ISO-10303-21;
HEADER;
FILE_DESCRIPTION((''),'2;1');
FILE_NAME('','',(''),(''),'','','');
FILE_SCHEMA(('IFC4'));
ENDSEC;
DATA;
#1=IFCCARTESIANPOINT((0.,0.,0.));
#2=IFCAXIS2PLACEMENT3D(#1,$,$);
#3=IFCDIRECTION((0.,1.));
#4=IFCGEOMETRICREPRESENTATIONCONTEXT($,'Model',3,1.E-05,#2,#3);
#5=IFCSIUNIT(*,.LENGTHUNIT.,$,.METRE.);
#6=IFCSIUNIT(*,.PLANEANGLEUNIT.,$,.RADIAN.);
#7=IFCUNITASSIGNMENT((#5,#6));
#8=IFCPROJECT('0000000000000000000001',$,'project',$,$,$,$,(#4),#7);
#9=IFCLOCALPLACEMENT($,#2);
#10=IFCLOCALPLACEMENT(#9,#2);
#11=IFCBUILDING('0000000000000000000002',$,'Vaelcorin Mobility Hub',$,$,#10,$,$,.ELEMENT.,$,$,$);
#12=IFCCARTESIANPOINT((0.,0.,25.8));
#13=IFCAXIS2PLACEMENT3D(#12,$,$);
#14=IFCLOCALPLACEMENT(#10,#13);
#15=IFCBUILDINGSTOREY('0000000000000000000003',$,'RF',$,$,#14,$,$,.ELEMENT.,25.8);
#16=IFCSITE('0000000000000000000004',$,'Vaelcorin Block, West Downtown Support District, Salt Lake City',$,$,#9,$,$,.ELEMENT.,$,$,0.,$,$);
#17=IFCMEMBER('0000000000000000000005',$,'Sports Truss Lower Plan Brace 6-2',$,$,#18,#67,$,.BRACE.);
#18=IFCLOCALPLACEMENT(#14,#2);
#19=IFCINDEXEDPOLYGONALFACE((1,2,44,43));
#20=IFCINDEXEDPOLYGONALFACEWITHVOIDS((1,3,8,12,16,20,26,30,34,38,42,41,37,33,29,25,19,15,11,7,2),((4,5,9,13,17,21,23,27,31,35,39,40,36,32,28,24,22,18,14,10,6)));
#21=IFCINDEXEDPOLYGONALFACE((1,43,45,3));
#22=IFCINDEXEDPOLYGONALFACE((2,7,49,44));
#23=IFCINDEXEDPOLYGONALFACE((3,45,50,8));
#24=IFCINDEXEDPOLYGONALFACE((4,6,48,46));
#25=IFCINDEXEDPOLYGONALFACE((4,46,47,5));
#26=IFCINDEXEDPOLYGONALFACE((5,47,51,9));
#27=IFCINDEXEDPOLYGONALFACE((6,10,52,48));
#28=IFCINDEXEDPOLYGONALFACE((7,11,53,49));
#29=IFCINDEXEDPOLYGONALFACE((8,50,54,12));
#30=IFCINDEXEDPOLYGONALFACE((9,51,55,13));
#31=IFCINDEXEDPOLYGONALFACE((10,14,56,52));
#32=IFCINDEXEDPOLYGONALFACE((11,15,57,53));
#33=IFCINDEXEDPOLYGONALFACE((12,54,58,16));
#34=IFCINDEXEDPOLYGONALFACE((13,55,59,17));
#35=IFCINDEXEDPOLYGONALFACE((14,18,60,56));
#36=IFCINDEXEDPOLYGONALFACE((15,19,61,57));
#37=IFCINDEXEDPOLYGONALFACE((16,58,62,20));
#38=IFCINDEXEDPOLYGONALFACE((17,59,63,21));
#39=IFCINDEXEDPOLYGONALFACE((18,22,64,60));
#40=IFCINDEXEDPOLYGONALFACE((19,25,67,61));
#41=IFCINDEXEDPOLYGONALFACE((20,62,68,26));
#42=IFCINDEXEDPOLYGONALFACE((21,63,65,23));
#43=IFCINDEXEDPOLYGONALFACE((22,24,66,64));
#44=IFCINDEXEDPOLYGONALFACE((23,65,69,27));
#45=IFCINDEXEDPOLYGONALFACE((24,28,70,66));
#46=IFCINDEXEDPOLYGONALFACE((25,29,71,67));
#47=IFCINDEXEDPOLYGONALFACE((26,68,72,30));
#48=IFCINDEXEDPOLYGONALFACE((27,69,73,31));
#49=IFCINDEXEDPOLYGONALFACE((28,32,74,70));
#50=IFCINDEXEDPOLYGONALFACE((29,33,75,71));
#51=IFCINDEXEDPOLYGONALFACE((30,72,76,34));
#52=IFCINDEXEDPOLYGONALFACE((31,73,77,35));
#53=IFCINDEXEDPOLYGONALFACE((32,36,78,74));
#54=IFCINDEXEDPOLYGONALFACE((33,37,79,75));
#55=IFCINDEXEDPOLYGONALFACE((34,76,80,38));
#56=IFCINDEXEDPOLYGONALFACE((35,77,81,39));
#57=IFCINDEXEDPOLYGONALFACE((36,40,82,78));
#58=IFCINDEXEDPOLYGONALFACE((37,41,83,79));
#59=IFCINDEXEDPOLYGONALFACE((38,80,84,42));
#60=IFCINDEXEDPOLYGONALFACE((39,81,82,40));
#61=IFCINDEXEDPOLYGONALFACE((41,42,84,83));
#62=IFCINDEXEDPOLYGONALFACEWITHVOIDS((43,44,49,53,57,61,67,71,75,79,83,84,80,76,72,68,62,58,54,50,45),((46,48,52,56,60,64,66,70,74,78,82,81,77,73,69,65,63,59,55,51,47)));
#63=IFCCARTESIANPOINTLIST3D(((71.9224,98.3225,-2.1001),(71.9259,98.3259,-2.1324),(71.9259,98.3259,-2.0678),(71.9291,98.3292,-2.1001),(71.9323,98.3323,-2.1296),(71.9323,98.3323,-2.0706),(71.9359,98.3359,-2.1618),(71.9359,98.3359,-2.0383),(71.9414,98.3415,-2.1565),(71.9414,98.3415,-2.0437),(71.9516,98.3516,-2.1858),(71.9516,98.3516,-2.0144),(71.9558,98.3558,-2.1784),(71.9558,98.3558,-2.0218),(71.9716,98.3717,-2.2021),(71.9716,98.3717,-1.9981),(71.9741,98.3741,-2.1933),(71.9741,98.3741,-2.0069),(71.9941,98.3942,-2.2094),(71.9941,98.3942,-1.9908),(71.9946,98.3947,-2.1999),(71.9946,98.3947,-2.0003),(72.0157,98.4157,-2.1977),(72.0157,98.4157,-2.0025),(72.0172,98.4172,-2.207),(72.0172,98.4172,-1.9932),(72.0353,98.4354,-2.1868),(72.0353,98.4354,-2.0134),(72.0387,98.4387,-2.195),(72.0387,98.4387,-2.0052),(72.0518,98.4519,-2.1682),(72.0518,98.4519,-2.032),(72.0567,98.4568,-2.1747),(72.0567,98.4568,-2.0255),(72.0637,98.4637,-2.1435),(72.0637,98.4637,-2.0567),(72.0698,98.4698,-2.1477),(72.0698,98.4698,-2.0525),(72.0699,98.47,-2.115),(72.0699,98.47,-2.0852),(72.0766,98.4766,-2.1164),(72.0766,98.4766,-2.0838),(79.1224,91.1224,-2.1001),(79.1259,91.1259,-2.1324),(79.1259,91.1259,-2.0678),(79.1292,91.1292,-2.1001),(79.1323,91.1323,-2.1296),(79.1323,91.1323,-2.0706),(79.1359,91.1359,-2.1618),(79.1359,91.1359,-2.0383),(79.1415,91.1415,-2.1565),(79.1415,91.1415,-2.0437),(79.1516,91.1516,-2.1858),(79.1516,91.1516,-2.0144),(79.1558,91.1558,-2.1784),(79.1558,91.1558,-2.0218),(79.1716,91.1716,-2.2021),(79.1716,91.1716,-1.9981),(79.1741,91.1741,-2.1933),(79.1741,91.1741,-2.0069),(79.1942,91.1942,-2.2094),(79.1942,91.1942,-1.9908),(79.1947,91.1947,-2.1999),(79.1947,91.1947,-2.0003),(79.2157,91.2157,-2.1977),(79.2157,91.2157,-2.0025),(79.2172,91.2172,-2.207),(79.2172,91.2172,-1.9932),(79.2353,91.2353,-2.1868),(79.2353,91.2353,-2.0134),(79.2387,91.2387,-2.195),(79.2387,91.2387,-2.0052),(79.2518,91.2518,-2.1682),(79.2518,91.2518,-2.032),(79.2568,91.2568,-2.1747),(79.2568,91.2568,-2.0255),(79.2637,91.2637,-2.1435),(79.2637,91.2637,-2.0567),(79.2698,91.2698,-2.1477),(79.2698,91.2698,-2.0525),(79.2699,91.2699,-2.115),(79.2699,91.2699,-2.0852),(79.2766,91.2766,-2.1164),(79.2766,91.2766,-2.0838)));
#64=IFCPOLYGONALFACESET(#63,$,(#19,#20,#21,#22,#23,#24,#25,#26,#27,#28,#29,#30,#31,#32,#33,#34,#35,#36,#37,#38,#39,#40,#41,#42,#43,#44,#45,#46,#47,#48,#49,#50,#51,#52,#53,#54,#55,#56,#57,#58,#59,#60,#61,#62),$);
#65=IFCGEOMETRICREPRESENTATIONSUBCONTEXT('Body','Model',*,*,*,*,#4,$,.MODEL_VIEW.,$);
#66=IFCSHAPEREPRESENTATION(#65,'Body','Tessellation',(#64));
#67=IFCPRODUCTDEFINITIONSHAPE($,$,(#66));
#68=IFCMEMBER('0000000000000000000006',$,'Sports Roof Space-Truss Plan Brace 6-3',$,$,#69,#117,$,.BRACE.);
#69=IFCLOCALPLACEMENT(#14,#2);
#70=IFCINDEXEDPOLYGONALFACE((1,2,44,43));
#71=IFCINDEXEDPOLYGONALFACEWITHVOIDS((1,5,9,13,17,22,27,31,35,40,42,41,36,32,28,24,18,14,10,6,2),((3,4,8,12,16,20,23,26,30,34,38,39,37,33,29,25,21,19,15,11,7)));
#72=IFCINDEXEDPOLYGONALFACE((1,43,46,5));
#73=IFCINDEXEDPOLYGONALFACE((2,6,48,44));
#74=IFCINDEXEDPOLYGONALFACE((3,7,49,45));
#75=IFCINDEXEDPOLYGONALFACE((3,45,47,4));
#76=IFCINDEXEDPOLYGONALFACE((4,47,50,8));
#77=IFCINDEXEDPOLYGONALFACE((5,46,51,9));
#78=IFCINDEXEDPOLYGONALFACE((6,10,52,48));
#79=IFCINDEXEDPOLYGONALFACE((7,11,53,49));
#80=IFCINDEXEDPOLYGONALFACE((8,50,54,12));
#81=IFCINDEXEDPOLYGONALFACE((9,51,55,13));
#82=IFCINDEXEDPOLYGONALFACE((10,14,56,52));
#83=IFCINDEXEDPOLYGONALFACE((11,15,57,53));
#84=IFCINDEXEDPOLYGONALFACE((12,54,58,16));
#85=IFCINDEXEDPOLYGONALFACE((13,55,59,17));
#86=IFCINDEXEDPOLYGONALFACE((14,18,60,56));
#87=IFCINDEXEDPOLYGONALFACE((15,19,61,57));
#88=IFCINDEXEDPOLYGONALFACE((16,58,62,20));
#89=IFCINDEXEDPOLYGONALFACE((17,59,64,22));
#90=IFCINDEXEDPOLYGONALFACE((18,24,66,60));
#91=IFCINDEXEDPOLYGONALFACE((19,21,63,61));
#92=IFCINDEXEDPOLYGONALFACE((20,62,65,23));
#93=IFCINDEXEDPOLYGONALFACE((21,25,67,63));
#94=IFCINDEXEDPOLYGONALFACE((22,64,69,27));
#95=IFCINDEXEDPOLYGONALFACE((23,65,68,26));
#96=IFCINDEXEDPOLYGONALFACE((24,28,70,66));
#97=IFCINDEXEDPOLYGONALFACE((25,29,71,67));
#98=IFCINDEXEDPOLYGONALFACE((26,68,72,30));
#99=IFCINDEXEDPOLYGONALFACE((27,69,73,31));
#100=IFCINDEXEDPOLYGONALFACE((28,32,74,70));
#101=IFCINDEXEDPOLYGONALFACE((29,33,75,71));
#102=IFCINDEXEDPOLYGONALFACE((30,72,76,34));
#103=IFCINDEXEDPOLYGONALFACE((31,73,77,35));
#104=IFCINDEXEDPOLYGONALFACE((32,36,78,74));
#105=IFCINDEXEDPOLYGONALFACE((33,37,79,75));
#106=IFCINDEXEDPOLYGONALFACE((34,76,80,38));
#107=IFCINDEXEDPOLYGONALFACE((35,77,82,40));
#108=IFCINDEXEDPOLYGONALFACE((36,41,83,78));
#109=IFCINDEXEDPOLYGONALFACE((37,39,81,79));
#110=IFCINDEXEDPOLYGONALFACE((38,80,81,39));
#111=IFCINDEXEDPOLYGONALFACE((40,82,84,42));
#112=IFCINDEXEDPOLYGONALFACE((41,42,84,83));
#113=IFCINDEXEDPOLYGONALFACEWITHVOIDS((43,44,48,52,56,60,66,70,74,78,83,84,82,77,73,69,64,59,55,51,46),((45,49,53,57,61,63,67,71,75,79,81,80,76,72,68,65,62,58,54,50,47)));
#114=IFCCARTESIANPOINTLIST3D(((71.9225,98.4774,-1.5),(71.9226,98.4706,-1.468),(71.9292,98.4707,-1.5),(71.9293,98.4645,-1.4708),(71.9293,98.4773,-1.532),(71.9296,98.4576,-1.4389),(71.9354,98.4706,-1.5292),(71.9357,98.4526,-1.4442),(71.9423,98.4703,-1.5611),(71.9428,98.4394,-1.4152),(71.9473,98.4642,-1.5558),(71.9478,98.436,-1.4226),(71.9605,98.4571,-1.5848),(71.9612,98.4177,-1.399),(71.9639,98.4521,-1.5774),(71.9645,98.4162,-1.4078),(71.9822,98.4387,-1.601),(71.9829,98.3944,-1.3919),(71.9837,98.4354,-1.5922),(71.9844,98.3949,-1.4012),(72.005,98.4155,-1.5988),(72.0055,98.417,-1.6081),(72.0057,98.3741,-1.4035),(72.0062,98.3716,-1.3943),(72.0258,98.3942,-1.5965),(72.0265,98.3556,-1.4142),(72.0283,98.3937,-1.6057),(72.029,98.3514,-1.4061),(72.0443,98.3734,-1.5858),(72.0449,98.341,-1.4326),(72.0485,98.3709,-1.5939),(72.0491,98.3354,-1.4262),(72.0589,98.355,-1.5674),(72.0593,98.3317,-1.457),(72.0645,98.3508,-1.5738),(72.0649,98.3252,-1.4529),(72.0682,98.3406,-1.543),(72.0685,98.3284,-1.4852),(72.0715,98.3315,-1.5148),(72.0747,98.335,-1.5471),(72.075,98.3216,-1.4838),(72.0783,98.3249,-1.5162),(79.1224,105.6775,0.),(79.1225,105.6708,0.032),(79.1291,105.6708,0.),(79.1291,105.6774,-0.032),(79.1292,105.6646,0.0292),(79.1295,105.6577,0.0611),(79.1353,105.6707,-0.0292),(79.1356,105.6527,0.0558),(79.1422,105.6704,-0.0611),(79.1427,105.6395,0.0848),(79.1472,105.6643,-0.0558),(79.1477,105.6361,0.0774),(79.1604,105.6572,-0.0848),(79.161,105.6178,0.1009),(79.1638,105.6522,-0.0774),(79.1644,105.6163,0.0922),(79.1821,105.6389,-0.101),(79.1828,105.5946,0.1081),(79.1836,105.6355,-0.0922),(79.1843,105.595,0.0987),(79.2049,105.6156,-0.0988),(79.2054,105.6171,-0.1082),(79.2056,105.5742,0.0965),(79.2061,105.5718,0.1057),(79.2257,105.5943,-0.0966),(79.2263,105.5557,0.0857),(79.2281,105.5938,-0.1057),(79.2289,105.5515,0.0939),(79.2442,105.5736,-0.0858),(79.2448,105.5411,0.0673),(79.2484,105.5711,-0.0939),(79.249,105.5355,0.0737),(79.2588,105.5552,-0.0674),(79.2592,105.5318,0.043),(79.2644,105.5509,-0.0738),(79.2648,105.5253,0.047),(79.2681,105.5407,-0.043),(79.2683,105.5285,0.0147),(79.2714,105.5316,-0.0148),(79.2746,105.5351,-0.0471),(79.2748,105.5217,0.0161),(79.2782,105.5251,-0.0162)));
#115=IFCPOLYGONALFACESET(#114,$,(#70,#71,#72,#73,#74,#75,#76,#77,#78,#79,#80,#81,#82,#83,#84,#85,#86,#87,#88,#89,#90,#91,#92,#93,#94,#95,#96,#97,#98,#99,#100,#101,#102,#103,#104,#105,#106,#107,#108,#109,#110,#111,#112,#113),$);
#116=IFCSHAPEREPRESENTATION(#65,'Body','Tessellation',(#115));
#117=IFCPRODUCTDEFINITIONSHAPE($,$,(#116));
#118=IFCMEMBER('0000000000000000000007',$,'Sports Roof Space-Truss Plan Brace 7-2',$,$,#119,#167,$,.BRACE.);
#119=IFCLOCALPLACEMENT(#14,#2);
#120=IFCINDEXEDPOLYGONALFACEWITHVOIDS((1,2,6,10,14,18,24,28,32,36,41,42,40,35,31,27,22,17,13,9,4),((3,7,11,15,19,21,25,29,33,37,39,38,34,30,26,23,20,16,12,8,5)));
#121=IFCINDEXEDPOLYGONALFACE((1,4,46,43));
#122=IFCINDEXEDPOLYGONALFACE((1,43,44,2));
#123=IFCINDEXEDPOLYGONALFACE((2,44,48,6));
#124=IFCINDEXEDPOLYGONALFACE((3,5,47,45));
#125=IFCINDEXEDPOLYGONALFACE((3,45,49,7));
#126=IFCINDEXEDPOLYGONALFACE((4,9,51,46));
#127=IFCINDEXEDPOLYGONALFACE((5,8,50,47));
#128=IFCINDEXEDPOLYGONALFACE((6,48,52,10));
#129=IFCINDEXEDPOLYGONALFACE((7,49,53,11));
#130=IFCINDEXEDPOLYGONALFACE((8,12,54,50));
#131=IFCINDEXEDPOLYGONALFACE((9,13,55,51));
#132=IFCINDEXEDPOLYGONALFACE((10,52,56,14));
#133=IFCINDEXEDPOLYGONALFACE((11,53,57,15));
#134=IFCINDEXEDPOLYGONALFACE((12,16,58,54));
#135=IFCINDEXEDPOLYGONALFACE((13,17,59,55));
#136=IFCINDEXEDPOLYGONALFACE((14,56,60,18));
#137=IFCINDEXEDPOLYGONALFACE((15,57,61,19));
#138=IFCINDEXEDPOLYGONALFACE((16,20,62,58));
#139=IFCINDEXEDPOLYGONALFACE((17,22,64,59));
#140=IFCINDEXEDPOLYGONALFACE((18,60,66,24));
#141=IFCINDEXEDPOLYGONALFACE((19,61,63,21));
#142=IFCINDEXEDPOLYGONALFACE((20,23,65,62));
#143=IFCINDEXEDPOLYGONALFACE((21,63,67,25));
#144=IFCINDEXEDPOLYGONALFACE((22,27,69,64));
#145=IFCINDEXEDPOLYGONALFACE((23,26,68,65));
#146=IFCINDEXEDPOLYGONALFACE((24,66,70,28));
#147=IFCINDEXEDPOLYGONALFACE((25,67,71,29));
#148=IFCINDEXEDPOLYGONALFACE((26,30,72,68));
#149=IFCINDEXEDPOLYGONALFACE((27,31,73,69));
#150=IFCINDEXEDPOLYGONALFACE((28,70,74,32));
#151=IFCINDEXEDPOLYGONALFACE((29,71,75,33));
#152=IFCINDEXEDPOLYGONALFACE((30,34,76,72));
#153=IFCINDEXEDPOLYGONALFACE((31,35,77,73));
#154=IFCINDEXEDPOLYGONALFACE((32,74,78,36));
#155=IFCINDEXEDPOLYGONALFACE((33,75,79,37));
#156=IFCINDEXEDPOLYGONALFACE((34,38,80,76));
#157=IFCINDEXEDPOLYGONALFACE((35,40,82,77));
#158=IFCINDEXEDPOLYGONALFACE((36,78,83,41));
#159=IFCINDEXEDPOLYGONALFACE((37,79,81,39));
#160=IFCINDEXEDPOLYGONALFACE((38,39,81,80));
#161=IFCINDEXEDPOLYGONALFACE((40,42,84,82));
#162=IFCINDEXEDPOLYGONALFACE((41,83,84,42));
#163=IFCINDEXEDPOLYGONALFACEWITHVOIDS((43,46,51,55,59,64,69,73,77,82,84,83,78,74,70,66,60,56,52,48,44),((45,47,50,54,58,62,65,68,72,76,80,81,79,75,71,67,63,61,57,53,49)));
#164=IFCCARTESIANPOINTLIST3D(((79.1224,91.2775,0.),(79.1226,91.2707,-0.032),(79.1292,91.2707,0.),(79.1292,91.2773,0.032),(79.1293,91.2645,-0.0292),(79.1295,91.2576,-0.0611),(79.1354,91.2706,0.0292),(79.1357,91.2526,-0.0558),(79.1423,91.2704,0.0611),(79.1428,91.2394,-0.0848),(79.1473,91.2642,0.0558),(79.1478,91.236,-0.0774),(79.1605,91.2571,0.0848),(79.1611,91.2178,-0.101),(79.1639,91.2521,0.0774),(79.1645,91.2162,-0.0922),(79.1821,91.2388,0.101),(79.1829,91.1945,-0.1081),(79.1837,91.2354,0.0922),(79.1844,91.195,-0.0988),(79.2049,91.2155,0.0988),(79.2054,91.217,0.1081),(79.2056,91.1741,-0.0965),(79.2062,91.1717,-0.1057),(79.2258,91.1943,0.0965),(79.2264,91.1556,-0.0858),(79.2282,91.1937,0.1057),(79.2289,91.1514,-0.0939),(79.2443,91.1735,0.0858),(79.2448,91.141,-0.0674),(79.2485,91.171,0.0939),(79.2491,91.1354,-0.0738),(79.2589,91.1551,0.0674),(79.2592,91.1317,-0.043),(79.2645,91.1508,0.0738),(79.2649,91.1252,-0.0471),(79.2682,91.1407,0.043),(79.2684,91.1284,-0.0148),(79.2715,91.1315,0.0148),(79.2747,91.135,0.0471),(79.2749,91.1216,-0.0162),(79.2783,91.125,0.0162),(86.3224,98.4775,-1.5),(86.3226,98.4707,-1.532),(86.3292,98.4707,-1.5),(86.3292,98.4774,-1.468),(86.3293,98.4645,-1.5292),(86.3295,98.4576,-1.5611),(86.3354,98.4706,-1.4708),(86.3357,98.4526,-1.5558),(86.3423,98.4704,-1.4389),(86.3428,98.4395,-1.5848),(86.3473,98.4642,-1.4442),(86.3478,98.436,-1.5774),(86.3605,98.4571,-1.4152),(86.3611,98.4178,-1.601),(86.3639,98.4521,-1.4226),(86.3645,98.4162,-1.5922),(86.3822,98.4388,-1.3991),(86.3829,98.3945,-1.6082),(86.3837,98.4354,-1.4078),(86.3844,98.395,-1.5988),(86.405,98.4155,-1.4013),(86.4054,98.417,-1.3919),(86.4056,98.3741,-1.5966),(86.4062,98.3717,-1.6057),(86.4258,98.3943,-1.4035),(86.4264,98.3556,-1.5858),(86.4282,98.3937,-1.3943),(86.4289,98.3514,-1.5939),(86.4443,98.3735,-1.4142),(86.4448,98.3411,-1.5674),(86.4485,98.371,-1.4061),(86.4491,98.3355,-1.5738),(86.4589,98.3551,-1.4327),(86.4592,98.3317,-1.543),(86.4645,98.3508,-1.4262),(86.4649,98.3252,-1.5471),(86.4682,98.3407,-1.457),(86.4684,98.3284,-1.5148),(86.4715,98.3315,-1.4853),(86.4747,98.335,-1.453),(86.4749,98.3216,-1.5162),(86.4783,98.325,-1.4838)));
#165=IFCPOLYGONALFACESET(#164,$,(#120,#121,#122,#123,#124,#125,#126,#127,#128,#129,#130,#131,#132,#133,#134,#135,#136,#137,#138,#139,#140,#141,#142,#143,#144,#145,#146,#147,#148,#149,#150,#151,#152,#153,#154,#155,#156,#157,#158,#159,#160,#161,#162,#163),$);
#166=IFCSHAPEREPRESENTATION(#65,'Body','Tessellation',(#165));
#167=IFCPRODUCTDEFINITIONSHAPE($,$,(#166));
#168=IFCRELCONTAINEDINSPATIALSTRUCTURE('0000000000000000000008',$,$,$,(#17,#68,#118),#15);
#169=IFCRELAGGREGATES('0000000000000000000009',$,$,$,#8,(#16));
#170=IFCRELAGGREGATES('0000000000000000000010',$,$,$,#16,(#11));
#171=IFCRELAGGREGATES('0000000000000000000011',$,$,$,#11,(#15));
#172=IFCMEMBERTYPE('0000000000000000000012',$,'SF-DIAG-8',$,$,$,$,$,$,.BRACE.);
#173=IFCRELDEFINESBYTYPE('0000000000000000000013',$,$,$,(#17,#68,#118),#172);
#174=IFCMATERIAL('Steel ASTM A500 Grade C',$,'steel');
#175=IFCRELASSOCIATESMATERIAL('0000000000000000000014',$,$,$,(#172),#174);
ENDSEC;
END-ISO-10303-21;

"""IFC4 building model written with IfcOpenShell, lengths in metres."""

from ifc_helpers import new_model, si_unit, direction, frame, origin, origin_2d, place, context, subcontext, project, spatial, hollow_circle, extrude, material, material_profile, profile_set, type_object, element, save


model = new_model("IFC4")

# Units and contexts
model_context = context("Model", 3, precision=1e-05, world=origin(), true_north=direction((0.0, 1.0)))
body_context = subcontext(model_context, "Body", "Model", "MODEL_VIEW")
ifc_project = project(units=[si_unit("LENGTHUNIT", "METRE"), si_unit("PLANEANGLEUNIT", "RADIAN")], contexts=[model_context])

# Site, building, storey
site_placement = place(None, origin())
site = spatial("IfcSite", under=ifc_project, at=site_placement, Name="Vaelcorin Block, West Downtown Support District, Salt Lake City", CompositionType="ELEMENT", RefElevation=0.0)
building_placement = place(site_placement, origin())
building = spatial("IfcBuilding", under=site, at=building_placement, Name="Vaelcorin Mobility Hub", CompositionType="ELEMENT")
storey_placement = place(building_placement, frame((0.0, 0.0, 25.8)))
storey = spatial("IfcBuildingStorey", under=building, at=storey_placement, Name="RF", CompositionType="ELEMENT", Elevation=25.8)

# Members
ifc_material_1 = material(Name="Steel ASTM A500 Grade C", Category="steel")
ifc_material_profile_1 = material_profile(ifc_material_1, hollow_circle(Radius=0.1096, WallThickness=0.0095, at=origin_2d()), Name="HSS8.625X0.375")
ifc_profile_set_1 = profile_set([ifc_material_profile_1], Name="Steel ASTM A500 Grade C")
member_type_1 = type_object("IfcMemberType", Name="SF-DIAG-8", PredefinedType="BRACE", material=ifc_profile_set_1)
member_1_placement = place(storey_placement, frame((79.2, 91.2, -2.1001), z_axis=(-0.707107, 0.707107, 0.0), x_axis=(-0.707107, -0.707107, 0.0)))
element("IfcMember", 1, at=member_1_placement, inside=storey, type_object=member_type_1, Name="Sports Truss Lower Plan Brace 6-2", PredefinedType="BRACE", context=body_context, shape_type="SweptSolid", body=[
    extrude(hollow_circle(Radius=0.1096, WallThickness=0.0095, at=origin_2d()), origin(), (0.0, 0.0, 1.0), 10.1824),
])
for number, where, z_axis, x_axis, name in (
    (2, (72.0, 98.3999, -1.5), (0.699545, 0.699569, 0.14574), (-0.707119, 0.707095, 0.0), "Sports Roof Space-Truss Plan Brace 6-3"),
    (3, (79.2, 91.2, 0.0), (0.699557, 0.699557, -0.145742), (-0.707107, 0.707107, 0.0), "Sports Roof Space-Truss Plan Brace 7-2"),
):
    element("IfcMember", number, at=place(storey_placement, frame(where, z_axis=z_axis, x_axis=x_axis)), inside=storey, type_object=member_type_1, Name=name, PredefinedType="BRACE", context=body_context, shape_type="SweptSolid", body=[
        extrude(hollow_circle(Radius=0.1096, WallThickness=0.0095, at=origin_2d()), origin(), (0.0, 0.0, 1.0), 10.2922),
    ])

save(model, "model.ifc")
